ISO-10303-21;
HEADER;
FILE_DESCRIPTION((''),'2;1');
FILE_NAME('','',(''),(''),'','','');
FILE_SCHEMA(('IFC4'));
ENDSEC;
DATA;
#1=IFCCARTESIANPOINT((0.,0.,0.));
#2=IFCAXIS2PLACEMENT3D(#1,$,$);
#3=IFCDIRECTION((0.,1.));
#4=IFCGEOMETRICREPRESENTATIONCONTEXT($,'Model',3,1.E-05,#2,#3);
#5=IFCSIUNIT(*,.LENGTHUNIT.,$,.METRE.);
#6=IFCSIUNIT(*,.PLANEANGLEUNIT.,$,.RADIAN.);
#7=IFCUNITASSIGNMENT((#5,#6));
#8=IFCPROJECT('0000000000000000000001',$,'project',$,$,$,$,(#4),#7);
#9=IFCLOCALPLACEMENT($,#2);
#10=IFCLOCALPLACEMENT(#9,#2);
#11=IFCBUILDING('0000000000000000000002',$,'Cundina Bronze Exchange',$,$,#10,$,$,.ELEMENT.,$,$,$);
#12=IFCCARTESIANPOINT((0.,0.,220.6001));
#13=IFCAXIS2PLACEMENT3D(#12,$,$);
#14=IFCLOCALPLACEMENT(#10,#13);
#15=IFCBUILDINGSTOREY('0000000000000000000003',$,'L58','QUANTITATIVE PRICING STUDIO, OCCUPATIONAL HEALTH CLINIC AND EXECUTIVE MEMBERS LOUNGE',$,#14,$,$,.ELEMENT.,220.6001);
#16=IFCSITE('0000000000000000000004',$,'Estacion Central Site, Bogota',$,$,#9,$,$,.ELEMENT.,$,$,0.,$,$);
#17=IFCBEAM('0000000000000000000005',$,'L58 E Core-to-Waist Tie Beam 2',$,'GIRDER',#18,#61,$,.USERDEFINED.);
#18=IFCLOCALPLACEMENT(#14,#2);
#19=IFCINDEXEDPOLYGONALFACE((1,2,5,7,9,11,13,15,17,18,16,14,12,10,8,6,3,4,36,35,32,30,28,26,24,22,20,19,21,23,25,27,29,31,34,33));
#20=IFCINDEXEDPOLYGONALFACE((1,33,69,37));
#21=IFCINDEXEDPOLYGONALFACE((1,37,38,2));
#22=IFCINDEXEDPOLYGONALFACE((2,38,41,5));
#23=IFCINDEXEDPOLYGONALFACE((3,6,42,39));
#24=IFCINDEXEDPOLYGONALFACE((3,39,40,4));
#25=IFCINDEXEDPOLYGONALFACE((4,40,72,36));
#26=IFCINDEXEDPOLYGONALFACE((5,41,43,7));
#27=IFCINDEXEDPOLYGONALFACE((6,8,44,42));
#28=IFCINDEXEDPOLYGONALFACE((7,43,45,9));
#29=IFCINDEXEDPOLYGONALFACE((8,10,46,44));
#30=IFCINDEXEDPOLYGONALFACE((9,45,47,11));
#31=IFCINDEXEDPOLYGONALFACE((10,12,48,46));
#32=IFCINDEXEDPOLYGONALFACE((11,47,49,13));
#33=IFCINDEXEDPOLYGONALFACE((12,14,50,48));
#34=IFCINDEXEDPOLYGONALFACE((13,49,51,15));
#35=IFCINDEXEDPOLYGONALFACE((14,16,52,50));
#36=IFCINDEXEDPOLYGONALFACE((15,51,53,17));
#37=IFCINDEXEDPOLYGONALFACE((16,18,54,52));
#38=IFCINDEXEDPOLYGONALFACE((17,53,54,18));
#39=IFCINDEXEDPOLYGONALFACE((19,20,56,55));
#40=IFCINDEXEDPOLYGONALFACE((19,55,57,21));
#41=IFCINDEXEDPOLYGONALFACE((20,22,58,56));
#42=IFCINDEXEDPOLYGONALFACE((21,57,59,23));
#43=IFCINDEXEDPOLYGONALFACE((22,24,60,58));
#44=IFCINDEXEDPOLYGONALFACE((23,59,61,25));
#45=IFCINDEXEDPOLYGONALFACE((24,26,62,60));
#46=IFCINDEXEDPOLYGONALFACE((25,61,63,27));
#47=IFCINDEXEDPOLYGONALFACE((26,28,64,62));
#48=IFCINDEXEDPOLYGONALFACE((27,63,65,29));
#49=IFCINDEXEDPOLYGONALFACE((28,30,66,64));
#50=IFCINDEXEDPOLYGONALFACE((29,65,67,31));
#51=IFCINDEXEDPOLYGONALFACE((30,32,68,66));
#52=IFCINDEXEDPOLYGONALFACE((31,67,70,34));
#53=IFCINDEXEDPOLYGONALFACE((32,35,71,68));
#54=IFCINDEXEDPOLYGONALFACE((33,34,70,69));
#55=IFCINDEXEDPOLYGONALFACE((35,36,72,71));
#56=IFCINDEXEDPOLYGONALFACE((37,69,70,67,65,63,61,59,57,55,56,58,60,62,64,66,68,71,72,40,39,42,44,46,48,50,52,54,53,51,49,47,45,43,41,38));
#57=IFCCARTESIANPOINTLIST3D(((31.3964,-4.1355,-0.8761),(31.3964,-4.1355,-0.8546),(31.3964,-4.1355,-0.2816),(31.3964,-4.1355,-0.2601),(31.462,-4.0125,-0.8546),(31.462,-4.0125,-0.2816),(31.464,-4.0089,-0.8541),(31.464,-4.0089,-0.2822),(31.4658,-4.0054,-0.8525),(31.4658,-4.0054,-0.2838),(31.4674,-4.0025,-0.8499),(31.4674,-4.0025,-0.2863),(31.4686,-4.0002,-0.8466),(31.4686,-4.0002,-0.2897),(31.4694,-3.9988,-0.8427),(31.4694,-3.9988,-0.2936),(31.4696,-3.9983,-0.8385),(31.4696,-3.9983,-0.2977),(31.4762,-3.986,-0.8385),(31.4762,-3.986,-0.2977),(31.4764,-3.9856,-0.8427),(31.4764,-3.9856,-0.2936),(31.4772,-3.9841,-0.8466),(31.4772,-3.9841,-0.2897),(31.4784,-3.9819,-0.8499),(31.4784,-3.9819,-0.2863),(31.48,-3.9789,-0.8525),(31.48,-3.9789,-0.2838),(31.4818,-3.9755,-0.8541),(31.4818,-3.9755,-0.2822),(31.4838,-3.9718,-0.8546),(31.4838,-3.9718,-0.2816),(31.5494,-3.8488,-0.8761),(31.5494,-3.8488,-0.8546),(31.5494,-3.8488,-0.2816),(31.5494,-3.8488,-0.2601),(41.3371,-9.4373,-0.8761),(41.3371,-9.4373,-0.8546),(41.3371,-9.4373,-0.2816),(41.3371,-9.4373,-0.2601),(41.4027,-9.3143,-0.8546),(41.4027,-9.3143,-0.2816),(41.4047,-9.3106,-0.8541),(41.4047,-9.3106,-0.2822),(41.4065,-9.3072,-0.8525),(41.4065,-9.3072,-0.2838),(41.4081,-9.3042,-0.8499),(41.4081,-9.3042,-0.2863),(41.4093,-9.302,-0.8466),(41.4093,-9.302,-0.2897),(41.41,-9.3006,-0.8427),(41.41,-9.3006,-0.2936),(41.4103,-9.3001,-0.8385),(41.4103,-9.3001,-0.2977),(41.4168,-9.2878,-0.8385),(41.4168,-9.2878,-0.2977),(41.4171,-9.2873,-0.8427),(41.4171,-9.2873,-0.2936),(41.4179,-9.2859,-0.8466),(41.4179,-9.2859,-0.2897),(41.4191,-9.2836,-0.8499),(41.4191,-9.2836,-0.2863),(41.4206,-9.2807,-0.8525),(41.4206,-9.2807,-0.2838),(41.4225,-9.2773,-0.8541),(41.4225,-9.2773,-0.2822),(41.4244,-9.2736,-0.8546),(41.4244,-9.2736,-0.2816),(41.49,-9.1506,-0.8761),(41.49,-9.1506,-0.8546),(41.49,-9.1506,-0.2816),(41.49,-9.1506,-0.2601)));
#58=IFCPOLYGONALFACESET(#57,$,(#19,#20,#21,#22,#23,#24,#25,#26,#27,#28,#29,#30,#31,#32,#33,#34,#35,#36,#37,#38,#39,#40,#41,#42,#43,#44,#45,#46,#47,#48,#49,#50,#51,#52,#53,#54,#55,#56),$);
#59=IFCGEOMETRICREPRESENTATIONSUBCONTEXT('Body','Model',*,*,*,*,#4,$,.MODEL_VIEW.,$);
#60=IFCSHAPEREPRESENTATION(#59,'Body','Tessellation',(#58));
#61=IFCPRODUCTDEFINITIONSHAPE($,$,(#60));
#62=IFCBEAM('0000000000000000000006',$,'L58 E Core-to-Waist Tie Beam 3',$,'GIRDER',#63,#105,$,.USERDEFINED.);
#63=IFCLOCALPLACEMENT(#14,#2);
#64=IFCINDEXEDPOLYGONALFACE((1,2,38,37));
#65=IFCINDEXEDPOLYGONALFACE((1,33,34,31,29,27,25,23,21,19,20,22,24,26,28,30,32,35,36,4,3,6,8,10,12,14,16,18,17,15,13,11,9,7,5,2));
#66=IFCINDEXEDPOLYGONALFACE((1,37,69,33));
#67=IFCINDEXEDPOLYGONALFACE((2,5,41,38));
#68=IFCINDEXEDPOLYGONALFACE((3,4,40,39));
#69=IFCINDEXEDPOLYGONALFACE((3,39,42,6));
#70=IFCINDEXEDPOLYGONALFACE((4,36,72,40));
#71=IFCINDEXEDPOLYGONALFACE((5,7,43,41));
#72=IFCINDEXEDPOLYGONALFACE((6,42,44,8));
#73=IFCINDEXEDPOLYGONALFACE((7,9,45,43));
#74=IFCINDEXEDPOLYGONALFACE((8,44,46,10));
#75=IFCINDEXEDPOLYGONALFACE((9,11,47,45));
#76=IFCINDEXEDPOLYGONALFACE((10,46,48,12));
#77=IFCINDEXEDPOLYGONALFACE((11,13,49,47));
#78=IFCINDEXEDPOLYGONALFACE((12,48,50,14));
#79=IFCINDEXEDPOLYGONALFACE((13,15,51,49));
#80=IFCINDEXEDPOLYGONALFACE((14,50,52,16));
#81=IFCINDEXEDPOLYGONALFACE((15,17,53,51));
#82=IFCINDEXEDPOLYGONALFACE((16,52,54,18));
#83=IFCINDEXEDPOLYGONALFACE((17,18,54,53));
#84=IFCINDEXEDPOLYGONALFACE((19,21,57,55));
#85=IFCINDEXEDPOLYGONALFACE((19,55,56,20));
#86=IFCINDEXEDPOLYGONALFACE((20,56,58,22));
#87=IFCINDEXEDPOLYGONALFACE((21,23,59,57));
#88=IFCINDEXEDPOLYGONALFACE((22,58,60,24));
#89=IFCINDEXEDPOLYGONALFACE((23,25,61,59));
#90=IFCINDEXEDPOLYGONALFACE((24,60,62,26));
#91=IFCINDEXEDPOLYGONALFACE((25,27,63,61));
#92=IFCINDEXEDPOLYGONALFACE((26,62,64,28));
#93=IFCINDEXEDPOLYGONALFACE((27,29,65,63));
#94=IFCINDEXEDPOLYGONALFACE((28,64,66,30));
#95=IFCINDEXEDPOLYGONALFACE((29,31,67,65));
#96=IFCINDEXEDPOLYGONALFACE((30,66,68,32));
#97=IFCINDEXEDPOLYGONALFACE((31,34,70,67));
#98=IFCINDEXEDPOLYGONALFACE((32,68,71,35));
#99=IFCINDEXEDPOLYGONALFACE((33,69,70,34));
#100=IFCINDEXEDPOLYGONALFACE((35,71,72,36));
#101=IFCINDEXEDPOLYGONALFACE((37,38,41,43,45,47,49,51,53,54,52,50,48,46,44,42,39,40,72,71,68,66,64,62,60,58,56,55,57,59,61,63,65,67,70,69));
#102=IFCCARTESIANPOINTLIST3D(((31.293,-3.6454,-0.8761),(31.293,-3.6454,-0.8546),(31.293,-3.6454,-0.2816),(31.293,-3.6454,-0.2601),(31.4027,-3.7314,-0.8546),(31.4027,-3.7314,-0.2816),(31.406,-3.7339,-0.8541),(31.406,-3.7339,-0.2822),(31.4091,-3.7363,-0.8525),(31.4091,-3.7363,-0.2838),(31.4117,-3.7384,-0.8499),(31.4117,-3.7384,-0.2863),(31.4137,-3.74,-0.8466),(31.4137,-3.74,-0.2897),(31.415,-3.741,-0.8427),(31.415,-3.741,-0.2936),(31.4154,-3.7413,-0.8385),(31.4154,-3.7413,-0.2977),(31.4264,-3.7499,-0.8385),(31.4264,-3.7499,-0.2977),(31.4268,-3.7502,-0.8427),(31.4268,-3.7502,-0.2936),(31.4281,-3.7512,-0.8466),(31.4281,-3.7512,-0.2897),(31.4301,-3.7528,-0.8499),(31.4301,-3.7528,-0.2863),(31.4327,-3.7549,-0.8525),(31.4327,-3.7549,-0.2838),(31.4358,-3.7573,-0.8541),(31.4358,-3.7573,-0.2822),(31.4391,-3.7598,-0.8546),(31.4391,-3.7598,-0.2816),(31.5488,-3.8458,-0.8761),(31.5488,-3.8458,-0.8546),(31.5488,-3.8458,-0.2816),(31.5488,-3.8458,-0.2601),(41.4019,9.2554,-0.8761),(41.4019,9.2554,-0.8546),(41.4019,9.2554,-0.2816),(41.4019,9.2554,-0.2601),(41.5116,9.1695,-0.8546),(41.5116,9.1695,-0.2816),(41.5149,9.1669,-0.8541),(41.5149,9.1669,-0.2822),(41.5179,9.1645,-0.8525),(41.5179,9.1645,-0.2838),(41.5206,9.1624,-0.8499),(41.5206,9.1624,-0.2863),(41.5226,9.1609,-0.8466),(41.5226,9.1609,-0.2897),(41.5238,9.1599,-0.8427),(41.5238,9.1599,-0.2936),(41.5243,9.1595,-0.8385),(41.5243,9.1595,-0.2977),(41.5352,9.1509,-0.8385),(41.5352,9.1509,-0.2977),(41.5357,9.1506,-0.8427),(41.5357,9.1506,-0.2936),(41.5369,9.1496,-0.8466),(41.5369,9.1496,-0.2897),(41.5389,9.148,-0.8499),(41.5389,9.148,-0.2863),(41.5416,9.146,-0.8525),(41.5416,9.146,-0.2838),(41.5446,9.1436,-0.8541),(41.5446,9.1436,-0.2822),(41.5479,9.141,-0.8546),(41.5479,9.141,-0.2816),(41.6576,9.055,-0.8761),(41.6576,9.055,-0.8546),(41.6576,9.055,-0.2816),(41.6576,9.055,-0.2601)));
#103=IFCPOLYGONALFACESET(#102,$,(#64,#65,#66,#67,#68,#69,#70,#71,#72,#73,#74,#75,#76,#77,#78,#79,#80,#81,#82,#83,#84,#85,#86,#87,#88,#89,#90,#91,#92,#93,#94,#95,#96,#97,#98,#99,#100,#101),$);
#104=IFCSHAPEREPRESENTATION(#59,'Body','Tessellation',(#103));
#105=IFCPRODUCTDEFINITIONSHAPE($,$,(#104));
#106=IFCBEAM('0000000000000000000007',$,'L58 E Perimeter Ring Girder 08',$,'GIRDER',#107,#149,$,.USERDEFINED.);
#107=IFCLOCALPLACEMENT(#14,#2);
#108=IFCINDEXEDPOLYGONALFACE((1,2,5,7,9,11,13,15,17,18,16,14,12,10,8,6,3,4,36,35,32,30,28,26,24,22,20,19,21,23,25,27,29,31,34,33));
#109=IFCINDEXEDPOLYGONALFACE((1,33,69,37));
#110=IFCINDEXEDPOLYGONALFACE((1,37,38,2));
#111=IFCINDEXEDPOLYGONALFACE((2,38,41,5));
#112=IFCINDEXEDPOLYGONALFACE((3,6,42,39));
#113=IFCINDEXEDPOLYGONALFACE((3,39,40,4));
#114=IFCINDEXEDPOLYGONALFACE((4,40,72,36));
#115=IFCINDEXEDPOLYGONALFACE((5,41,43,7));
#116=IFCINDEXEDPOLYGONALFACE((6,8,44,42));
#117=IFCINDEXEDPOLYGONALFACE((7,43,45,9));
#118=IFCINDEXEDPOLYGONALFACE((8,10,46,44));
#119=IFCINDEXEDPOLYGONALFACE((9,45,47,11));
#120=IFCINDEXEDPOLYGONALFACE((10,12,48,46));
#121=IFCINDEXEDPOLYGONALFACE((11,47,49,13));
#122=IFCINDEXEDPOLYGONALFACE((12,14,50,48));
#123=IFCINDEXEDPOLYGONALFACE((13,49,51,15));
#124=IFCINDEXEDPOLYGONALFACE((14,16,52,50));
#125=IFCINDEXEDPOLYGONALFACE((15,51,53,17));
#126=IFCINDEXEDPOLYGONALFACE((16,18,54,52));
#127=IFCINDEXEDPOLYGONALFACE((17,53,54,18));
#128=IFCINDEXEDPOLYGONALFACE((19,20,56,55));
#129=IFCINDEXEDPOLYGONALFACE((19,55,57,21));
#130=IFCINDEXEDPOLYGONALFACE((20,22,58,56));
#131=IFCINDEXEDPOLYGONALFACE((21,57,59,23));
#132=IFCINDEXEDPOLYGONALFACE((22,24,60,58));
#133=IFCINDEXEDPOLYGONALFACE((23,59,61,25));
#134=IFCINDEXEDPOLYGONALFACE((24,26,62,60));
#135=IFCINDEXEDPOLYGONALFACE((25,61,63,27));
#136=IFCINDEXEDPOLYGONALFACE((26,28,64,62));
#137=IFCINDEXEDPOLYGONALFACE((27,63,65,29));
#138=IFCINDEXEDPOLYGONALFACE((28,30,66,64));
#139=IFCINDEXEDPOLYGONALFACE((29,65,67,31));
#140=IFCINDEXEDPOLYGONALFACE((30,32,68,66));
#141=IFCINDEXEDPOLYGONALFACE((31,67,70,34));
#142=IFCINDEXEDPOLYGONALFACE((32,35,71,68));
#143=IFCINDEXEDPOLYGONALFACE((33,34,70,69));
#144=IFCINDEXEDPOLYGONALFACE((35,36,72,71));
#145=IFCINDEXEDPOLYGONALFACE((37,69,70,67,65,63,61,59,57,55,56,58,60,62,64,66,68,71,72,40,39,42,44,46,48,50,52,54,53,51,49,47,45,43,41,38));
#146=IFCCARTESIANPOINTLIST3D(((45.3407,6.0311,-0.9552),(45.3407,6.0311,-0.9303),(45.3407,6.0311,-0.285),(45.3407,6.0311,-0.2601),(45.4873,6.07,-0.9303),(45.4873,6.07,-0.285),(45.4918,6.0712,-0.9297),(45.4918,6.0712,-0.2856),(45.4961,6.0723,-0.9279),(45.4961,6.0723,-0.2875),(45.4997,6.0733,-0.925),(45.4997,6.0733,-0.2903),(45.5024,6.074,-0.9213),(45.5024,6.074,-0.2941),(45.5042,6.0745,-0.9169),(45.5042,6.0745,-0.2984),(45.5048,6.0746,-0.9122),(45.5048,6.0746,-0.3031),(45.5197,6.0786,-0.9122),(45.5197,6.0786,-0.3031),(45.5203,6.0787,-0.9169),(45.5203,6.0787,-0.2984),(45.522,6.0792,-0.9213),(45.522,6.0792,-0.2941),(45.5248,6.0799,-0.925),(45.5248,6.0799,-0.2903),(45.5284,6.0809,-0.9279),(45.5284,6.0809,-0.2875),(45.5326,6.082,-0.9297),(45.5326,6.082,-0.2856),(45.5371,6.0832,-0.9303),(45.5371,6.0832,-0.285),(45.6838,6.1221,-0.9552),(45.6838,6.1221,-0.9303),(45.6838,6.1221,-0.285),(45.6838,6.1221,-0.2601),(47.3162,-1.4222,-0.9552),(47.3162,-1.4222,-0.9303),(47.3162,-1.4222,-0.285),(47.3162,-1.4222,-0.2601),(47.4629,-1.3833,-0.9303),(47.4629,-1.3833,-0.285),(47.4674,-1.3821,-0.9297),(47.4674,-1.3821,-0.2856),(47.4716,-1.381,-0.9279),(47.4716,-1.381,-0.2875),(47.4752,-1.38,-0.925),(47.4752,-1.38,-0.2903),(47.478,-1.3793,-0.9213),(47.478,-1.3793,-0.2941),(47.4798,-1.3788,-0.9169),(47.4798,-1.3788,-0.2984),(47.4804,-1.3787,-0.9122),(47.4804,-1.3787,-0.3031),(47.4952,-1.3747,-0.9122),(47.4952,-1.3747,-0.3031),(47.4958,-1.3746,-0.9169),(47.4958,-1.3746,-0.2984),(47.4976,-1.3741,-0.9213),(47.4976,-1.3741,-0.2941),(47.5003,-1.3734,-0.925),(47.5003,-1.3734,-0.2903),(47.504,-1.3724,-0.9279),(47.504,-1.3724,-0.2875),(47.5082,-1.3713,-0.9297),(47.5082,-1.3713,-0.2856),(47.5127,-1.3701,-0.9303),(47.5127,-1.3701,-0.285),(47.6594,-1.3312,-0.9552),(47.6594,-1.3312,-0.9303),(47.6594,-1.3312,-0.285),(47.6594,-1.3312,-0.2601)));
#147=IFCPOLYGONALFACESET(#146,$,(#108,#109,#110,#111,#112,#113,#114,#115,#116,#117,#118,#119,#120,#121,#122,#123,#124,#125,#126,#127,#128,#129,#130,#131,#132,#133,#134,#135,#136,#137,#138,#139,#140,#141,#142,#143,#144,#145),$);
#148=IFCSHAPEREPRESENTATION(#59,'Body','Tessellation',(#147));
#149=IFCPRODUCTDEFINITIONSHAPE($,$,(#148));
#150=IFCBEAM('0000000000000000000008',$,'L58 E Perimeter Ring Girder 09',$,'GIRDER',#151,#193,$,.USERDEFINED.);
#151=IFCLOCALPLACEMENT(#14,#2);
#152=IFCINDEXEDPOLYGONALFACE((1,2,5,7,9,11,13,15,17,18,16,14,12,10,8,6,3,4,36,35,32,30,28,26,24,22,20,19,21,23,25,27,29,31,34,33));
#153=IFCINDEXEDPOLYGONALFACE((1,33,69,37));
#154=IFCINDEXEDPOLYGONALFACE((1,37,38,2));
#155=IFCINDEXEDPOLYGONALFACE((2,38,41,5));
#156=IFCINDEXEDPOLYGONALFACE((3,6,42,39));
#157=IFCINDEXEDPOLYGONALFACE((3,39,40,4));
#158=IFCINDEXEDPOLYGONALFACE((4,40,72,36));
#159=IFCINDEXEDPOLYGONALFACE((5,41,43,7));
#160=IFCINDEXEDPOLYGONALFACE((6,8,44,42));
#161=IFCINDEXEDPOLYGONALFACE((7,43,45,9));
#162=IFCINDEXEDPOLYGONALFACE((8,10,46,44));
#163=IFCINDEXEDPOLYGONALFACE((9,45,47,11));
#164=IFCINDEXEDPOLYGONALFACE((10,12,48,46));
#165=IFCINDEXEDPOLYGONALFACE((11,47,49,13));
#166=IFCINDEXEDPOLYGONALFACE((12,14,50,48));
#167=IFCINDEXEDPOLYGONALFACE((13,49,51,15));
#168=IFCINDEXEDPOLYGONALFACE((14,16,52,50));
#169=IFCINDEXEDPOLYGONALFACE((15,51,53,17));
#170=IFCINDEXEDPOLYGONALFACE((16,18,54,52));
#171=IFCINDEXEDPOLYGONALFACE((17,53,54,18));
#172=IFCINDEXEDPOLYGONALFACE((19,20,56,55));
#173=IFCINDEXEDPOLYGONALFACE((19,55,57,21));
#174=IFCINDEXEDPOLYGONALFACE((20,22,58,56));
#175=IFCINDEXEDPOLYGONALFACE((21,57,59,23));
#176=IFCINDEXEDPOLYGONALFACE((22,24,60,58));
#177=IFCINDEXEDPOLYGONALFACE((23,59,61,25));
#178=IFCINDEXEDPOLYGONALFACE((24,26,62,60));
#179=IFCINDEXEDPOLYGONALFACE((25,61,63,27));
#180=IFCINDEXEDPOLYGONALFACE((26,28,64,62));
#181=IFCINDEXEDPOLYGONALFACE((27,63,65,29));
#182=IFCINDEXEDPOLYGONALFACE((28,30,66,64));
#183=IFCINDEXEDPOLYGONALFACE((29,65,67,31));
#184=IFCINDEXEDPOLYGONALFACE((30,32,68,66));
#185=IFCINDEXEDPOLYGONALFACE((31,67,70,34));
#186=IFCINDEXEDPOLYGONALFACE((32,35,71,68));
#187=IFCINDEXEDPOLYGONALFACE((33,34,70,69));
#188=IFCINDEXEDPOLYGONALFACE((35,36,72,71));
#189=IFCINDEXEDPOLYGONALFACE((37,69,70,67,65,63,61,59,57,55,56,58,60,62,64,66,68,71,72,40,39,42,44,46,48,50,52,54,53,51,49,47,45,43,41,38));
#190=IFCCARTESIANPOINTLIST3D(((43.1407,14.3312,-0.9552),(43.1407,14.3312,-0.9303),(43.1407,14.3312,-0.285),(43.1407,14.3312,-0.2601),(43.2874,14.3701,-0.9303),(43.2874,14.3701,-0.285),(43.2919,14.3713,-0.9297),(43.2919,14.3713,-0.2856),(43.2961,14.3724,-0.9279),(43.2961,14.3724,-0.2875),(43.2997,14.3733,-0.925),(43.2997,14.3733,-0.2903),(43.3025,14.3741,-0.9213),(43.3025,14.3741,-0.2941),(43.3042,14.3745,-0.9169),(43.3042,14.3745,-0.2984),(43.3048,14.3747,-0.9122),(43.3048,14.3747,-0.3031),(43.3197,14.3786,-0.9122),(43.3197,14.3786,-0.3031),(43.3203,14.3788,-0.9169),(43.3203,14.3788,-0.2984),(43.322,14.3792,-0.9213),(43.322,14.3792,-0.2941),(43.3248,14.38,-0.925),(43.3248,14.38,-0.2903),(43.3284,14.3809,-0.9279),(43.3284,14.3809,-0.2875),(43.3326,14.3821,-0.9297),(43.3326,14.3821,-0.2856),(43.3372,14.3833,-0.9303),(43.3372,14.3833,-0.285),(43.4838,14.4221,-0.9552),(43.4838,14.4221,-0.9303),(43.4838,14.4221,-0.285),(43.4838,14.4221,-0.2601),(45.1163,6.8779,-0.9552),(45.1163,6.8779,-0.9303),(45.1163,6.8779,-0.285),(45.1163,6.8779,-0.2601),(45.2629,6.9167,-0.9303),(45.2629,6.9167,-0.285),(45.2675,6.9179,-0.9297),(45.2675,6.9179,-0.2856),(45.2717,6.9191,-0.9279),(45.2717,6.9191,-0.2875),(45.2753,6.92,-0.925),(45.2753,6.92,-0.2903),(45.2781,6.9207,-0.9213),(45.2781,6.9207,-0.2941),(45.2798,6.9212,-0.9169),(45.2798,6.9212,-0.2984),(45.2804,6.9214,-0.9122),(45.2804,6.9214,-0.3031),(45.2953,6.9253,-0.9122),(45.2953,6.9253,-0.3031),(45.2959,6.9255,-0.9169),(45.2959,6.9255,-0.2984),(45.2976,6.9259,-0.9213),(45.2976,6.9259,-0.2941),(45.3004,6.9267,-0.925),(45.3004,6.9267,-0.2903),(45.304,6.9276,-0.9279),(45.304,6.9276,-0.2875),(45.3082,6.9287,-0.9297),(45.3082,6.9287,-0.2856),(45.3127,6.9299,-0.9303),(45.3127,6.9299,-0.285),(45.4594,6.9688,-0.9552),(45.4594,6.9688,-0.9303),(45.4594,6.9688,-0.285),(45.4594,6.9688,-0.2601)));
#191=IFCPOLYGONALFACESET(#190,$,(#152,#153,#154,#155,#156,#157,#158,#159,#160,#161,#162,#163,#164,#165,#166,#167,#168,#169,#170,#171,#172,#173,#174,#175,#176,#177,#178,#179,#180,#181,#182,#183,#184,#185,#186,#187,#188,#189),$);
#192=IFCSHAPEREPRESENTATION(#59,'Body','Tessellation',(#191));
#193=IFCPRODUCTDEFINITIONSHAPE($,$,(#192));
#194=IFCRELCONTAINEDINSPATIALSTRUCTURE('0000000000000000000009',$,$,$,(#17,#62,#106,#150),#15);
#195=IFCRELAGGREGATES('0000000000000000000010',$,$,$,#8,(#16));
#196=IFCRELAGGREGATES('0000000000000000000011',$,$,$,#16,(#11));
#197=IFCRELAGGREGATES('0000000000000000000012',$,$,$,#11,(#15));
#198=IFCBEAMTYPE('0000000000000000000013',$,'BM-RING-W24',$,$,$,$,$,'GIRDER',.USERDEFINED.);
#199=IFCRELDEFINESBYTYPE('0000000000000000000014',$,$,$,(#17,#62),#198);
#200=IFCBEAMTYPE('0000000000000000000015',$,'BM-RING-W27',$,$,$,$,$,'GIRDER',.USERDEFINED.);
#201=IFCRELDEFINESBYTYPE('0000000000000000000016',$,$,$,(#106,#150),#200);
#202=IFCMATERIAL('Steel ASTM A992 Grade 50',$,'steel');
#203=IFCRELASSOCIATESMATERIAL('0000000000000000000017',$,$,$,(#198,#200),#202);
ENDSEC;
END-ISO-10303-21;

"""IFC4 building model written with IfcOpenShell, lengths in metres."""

from ifc_helpers import new_model, si_unit, direction, frame, origin, origin_2d, place, context, subcontext, project, spatial, i_section, extrude, material, material_profile, profile_set, type_object, element, save


model = new_model("IFC4")

# Units and contexts
model_context = context("Model", 3, precision=1e-05, world=origin(), true_north=direction((0.0, 1.0)))
body_context = subcontext(model_context, "Body", "Model", "MODEL_VIEW")
ifc_project = project(units=[si_unit("LENGTHUNIT", "METRE"), si_unit("PLANEANGLEUNIT", "RADIAN")], contexts=[model_context])

# Site, building, storey
site_placement = place(None, origin())
site = spatial("IfcSite", under=ifc_project, at=site_placement, Name="Estacion Central Site, Bogota", CompositionType="ELEMENT", RefElevation=0.0)
building_placement = place(site_placement, origin())
building = spatial("IfcBuilding", under=site, at=building_placement, Name="Cundina Bronze Exchange", CompositionType="ELEMENT")
storey_placement = place(building_placement, frame((0.0, 0.0, 220.6001)))
storey = spatial("IfcBuildingStorey", under=building, at=storey_placement, Name="L58", Description="QUANTITATIVE PRICING STUDIO, OCCUPATIONAL HEALTH CLINIC AND EXECUTIVE MEMBERS LOUNGE", CompositionType="ELEMENT", Elevation=220.6001)

# Shared definitions
ifc_material_1 = material(Name="Steel ASTM A992 Grade 50", Category="steel")

# Beams
ifc_material_profile_1 = material_profile(ifc_material_1, i_section(OverallWidth=0.325, OverallDepth=0.616, WebThickness=0.0139, FlangeThickness=0.0215, FilletRadius=0.0161, at=origin_2d()), Name="W24X117", Category="steel")
ifc_profile_set_1 = profile_set([ifc_material_profile_1], Name="Steel ASTM A992 Grade 50")
beam_type_1 = type_object("IfcBeamType", Name="BM-RING-W24", ElementType="GIRDER", PredefinedType="USERDEFINED", material=ifc_profile_set_1)
beam_1_placement = place(storey_placement, frame((31.4729, -3.9922, -0.5681), z_axis=(0.882351, -0.470593, 0.0), x_axis=(0.470593, 0.882351, 0.0)))
element("IfcBeam", 1, at=beam_1_placement, inside=storey, type_object=beam_type_1, Name="L58 E Core-to-Waist Tie Beam 2", ObjectType="GIRDER", PredefinedType="USERDEFINED", context=body_context, shape_type="SweptSolid", body=[
    extrude(i_section(OverallWidth=0.325, OverallDepth=0.616, WebThickness=0.0139, FlangeThickness=0.0215, FilletRadius=0.0161, at=origin_2d()), origin(), (0.0, 0.0, 1.0), 11.2661),
])
beam_2_placement = place(storey_placement, frame((31.4209, -3.7456, -0.5681), z_axis=(0.616783, 0.787133, 0.0), x_axis=(-0.787133, 0.616783, 0.0)))
element("IfcBeam", 2, at=beam_2_placement, inside=storey, type_object=beam_type_1, Name="L58 E Core-to-Waist Tie Beam 3", ObjectType="GIRDER", PredefinedType="USERDEFINED", context=body_context, shape_type="SweptSolid", body=[
    extrude(i_section(OverallWidth=0.325, OverallDepth=0.616, WebThickness=0.0139, FlangeThickness=0.0215, FilletRadius=0.0161, at=origin_2d()), origin(), (0.0, 0.0, 1.0), 16.3896),
])
ifc_material_profile_2 = material_profile(ifc_material_1, i_section(OverallWidth=0.355, OverallDepth=0.6951, WebThickness=0.0154, FlangeThickness=0.0249, FilletRadius=0.0181, at=origin_2d()), Name="W27X146", Category="steel")
ifc_profile_set_2 = profile_set([ifc_material_profile_2], Name="Steel ASTM A992 Grade 50")
beam_type_2 = type_object("IfcBeamType", Name="BM-RING-W27", ElementType="GIRDER", PredefinedType="USERDEFINED", material=ifc_profile_set_2)
for number, where, z_axis, x_axis, name in (
    (3, (47.4878, -1.3767, -0.6077), (-0.256212, 0.966621, 0.0), (-0.966621, -0.256212, 0.0), "L58 E Perimeter Ring Girder 08"),
    (4, (45.2878, 6.9233, -0.6077), (-0.256212, 0.966621, 0.0), (-0.966621, -0.256212, 0.0), "L58 E Perimeter Ring Girder 09"),
):
    element("IfcBeam", number, at=place(storey_placement, frame(where, z_axis=z_axis, x_axis=x_axis)), inside=storey, type_object=beam_type_2, Name=name, ObjectType="GIRDER", PredefinedType="USERDEFINED", context=body_context, shape_type="SweptSolid", body=[
        extrude(i_section(OverallWidth=0.355, OverallDepth=0.6951, WebThickness=0.0154, FlangeThickness=0.0249, FilletRadius=0.0181, at=origin_2d()), origin(), (0.0, 0.0, 1.0), 7.7107),
    ])

save(model, "model.ifc")
